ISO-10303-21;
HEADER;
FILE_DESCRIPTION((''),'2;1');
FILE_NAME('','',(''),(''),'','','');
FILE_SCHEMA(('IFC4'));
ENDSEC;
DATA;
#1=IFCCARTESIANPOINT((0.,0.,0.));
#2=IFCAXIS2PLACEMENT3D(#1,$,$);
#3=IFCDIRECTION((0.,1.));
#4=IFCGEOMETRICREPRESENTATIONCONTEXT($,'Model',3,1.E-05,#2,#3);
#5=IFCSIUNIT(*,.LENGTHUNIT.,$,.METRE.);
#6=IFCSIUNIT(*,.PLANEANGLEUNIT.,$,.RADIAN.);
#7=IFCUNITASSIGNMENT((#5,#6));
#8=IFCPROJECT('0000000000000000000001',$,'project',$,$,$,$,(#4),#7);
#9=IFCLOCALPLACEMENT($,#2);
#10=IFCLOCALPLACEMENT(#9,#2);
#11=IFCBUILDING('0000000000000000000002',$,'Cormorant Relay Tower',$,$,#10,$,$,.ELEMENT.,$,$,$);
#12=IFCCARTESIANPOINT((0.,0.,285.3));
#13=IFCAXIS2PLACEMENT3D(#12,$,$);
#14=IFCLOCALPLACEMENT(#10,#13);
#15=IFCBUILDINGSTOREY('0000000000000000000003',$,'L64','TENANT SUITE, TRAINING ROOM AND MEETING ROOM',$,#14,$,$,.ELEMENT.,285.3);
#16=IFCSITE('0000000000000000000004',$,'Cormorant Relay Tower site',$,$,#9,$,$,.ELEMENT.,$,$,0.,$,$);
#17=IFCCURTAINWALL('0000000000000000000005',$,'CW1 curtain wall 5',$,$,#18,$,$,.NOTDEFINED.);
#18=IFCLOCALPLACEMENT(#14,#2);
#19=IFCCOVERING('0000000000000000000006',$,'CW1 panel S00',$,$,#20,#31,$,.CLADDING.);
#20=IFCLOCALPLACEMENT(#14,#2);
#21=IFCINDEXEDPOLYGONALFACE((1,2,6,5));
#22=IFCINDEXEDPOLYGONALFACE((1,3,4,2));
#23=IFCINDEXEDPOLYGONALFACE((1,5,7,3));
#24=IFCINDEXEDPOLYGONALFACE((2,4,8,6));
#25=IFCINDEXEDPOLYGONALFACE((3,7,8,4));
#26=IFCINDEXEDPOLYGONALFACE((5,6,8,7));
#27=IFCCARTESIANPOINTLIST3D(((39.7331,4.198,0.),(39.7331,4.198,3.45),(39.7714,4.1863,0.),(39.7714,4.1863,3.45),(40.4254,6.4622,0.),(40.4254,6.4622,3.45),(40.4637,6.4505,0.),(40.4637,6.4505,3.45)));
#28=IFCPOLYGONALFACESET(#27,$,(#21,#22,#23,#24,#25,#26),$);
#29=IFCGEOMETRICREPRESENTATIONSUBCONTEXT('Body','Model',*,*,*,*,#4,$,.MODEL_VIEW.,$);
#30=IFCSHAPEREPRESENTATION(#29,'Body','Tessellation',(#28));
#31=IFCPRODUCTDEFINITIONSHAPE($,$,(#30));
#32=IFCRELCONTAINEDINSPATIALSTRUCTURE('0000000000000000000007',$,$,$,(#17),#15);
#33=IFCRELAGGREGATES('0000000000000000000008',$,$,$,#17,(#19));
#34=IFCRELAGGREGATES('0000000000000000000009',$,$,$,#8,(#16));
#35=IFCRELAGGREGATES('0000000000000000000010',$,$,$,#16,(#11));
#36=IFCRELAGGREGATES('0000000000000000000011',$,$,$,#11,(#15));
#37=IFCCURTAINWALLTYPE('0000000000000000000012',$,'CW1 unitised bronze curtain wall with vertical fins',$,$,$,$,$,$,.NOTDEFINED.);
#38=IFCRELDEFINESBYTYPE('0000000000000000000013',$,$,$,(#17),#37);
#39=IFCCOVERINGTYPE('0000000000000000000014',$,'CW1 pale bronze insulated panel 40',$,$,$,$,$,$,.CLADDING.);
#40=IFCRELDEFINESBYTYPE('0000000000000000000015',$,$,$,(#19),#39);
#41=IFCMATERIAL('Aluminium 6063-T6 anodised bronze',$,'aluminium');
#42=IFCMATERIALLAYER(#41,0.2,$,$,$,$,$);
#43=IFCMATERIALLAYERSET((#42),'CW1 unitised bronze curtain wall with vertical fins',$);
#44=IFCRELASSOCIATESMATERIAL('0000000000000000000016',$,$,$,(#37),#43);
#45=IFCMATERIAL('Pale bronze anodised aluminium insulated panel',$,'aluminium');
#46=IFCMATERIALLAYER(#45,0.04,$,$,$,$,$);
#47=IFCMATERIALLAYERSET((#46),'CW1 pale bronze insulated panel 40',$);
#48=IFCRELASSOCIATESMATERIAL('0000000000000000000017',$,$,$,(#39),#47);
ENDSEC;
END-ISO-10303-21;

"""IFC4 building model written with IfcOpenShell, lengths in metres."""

from ifc_helpers import new_model, si_unit, direction, frame, origin, origin_2d, place, context, subcontext, project, spatial, rectangle, extrude, material, layer, layer_set, type_object, element, aggregate, save


model = new_model("IFC4")

# Units and contexts
model_context = context("Model", 3, precision=1e-05, world=origin(), true_north=direction((0.0, 1.0)))
body_context = subcontext(model_context, "Body", "Model", "MODEL_VIEW")
ifc_project = project(units=[si_unit("LENGTHUNIT", "METRE"), si_unit("PLANEANGLEUNIT", "RADIAN")], contexts=[model_context])

# Site, building, storey
site_placement = place(None, origin())
site = spatial("IfcSite", under=ifc_project, at=site_placement, Name="Cormorant Relay Tower site", CompositionType="ELEMENT", RefElevation=0.0)
building_placement = place(site_placement, origin())
building = spatial("IfcBuilding", under=site, at=building_placement, Name="Cormorant Relay Tower", CompositionType="ELEMENT")
storey_placement = place(building_placement, frame((0.0, 0.0, 285.3)))
storey = spatial("IfcBuildingStorey", under=building, at=storey_placement, Name="L64", Description="TENANT SUITE, TRAINING ROOM AND MEETING ROOM", CompositionType="ELEMENT", Elevation=285.3)

# Shared definitions
ifc_material_1 = material(Name="Aluminium 6063-T6 anodised bronze", Category="aluminium")
ifc_layer_1 = layer(ifc_material_1, 0.2)
ifc_layer_set_1 = layer_set([ifc_layer_1], Name="CW1 unitised bronze curtain wall with vertical fins")
curtain_wall_type = type_object("IfcCurtainWallType", Name="CW1 unitised bronze curtain wall with vertical fins", PredefinedType="NOTDEFINED", material=ifc_layer_set_1)

# Curtain wall
curtain_wall_1_placement = place(storey_placement, origin())
curtain_wall_1 = element("IfcCurtainWall", 1, at=curtain_wall_1_placement, inside=storey, type_object=curtain_wall_type, Name="CW1 curtain wall 5", PredefinedType="NOTDEFINED")

# Covering
ifc_material_2 = material(Name="Pale bronze anodised aluminium insulated panel", Category="aluminium")
ifc_layer_2 = layer(ifc_material_2, 0.04)
ifc_layer_set_2 = layer_set([ifc_layer_2], Name="CW1 pale bronze insulated panel 40")
covering_type = type_object("IfcCoveringType", Name="CW1 pale bronze insulated panel 40", PredefinedType="CLADDING", material=ifc_layer_set_2)
covering_1_placement = place(storey_placement, frame((40.0984, 5.3242, 0.0), z_axis=(0.0, 0.0, 1.0), x_axis=(0.292372, 0.956305, 0.0)))
covering_1 = element("IfcCovering", 2, at=covering_1_placement, type_object=covering_type, Name="CW1 panel S00", PredefinedType="CLADDING", context=body_context, shape_type="SweptSolid", body=[
    extrude(rectangle(XDim=2.3677, YDim=0.04, at=origin_2d()), origin(), (0.0, 0.0, 1.0), 3.45),
])
aggregate(curtain_wall_1, [covering_1])

save(model, "model.ifc")
